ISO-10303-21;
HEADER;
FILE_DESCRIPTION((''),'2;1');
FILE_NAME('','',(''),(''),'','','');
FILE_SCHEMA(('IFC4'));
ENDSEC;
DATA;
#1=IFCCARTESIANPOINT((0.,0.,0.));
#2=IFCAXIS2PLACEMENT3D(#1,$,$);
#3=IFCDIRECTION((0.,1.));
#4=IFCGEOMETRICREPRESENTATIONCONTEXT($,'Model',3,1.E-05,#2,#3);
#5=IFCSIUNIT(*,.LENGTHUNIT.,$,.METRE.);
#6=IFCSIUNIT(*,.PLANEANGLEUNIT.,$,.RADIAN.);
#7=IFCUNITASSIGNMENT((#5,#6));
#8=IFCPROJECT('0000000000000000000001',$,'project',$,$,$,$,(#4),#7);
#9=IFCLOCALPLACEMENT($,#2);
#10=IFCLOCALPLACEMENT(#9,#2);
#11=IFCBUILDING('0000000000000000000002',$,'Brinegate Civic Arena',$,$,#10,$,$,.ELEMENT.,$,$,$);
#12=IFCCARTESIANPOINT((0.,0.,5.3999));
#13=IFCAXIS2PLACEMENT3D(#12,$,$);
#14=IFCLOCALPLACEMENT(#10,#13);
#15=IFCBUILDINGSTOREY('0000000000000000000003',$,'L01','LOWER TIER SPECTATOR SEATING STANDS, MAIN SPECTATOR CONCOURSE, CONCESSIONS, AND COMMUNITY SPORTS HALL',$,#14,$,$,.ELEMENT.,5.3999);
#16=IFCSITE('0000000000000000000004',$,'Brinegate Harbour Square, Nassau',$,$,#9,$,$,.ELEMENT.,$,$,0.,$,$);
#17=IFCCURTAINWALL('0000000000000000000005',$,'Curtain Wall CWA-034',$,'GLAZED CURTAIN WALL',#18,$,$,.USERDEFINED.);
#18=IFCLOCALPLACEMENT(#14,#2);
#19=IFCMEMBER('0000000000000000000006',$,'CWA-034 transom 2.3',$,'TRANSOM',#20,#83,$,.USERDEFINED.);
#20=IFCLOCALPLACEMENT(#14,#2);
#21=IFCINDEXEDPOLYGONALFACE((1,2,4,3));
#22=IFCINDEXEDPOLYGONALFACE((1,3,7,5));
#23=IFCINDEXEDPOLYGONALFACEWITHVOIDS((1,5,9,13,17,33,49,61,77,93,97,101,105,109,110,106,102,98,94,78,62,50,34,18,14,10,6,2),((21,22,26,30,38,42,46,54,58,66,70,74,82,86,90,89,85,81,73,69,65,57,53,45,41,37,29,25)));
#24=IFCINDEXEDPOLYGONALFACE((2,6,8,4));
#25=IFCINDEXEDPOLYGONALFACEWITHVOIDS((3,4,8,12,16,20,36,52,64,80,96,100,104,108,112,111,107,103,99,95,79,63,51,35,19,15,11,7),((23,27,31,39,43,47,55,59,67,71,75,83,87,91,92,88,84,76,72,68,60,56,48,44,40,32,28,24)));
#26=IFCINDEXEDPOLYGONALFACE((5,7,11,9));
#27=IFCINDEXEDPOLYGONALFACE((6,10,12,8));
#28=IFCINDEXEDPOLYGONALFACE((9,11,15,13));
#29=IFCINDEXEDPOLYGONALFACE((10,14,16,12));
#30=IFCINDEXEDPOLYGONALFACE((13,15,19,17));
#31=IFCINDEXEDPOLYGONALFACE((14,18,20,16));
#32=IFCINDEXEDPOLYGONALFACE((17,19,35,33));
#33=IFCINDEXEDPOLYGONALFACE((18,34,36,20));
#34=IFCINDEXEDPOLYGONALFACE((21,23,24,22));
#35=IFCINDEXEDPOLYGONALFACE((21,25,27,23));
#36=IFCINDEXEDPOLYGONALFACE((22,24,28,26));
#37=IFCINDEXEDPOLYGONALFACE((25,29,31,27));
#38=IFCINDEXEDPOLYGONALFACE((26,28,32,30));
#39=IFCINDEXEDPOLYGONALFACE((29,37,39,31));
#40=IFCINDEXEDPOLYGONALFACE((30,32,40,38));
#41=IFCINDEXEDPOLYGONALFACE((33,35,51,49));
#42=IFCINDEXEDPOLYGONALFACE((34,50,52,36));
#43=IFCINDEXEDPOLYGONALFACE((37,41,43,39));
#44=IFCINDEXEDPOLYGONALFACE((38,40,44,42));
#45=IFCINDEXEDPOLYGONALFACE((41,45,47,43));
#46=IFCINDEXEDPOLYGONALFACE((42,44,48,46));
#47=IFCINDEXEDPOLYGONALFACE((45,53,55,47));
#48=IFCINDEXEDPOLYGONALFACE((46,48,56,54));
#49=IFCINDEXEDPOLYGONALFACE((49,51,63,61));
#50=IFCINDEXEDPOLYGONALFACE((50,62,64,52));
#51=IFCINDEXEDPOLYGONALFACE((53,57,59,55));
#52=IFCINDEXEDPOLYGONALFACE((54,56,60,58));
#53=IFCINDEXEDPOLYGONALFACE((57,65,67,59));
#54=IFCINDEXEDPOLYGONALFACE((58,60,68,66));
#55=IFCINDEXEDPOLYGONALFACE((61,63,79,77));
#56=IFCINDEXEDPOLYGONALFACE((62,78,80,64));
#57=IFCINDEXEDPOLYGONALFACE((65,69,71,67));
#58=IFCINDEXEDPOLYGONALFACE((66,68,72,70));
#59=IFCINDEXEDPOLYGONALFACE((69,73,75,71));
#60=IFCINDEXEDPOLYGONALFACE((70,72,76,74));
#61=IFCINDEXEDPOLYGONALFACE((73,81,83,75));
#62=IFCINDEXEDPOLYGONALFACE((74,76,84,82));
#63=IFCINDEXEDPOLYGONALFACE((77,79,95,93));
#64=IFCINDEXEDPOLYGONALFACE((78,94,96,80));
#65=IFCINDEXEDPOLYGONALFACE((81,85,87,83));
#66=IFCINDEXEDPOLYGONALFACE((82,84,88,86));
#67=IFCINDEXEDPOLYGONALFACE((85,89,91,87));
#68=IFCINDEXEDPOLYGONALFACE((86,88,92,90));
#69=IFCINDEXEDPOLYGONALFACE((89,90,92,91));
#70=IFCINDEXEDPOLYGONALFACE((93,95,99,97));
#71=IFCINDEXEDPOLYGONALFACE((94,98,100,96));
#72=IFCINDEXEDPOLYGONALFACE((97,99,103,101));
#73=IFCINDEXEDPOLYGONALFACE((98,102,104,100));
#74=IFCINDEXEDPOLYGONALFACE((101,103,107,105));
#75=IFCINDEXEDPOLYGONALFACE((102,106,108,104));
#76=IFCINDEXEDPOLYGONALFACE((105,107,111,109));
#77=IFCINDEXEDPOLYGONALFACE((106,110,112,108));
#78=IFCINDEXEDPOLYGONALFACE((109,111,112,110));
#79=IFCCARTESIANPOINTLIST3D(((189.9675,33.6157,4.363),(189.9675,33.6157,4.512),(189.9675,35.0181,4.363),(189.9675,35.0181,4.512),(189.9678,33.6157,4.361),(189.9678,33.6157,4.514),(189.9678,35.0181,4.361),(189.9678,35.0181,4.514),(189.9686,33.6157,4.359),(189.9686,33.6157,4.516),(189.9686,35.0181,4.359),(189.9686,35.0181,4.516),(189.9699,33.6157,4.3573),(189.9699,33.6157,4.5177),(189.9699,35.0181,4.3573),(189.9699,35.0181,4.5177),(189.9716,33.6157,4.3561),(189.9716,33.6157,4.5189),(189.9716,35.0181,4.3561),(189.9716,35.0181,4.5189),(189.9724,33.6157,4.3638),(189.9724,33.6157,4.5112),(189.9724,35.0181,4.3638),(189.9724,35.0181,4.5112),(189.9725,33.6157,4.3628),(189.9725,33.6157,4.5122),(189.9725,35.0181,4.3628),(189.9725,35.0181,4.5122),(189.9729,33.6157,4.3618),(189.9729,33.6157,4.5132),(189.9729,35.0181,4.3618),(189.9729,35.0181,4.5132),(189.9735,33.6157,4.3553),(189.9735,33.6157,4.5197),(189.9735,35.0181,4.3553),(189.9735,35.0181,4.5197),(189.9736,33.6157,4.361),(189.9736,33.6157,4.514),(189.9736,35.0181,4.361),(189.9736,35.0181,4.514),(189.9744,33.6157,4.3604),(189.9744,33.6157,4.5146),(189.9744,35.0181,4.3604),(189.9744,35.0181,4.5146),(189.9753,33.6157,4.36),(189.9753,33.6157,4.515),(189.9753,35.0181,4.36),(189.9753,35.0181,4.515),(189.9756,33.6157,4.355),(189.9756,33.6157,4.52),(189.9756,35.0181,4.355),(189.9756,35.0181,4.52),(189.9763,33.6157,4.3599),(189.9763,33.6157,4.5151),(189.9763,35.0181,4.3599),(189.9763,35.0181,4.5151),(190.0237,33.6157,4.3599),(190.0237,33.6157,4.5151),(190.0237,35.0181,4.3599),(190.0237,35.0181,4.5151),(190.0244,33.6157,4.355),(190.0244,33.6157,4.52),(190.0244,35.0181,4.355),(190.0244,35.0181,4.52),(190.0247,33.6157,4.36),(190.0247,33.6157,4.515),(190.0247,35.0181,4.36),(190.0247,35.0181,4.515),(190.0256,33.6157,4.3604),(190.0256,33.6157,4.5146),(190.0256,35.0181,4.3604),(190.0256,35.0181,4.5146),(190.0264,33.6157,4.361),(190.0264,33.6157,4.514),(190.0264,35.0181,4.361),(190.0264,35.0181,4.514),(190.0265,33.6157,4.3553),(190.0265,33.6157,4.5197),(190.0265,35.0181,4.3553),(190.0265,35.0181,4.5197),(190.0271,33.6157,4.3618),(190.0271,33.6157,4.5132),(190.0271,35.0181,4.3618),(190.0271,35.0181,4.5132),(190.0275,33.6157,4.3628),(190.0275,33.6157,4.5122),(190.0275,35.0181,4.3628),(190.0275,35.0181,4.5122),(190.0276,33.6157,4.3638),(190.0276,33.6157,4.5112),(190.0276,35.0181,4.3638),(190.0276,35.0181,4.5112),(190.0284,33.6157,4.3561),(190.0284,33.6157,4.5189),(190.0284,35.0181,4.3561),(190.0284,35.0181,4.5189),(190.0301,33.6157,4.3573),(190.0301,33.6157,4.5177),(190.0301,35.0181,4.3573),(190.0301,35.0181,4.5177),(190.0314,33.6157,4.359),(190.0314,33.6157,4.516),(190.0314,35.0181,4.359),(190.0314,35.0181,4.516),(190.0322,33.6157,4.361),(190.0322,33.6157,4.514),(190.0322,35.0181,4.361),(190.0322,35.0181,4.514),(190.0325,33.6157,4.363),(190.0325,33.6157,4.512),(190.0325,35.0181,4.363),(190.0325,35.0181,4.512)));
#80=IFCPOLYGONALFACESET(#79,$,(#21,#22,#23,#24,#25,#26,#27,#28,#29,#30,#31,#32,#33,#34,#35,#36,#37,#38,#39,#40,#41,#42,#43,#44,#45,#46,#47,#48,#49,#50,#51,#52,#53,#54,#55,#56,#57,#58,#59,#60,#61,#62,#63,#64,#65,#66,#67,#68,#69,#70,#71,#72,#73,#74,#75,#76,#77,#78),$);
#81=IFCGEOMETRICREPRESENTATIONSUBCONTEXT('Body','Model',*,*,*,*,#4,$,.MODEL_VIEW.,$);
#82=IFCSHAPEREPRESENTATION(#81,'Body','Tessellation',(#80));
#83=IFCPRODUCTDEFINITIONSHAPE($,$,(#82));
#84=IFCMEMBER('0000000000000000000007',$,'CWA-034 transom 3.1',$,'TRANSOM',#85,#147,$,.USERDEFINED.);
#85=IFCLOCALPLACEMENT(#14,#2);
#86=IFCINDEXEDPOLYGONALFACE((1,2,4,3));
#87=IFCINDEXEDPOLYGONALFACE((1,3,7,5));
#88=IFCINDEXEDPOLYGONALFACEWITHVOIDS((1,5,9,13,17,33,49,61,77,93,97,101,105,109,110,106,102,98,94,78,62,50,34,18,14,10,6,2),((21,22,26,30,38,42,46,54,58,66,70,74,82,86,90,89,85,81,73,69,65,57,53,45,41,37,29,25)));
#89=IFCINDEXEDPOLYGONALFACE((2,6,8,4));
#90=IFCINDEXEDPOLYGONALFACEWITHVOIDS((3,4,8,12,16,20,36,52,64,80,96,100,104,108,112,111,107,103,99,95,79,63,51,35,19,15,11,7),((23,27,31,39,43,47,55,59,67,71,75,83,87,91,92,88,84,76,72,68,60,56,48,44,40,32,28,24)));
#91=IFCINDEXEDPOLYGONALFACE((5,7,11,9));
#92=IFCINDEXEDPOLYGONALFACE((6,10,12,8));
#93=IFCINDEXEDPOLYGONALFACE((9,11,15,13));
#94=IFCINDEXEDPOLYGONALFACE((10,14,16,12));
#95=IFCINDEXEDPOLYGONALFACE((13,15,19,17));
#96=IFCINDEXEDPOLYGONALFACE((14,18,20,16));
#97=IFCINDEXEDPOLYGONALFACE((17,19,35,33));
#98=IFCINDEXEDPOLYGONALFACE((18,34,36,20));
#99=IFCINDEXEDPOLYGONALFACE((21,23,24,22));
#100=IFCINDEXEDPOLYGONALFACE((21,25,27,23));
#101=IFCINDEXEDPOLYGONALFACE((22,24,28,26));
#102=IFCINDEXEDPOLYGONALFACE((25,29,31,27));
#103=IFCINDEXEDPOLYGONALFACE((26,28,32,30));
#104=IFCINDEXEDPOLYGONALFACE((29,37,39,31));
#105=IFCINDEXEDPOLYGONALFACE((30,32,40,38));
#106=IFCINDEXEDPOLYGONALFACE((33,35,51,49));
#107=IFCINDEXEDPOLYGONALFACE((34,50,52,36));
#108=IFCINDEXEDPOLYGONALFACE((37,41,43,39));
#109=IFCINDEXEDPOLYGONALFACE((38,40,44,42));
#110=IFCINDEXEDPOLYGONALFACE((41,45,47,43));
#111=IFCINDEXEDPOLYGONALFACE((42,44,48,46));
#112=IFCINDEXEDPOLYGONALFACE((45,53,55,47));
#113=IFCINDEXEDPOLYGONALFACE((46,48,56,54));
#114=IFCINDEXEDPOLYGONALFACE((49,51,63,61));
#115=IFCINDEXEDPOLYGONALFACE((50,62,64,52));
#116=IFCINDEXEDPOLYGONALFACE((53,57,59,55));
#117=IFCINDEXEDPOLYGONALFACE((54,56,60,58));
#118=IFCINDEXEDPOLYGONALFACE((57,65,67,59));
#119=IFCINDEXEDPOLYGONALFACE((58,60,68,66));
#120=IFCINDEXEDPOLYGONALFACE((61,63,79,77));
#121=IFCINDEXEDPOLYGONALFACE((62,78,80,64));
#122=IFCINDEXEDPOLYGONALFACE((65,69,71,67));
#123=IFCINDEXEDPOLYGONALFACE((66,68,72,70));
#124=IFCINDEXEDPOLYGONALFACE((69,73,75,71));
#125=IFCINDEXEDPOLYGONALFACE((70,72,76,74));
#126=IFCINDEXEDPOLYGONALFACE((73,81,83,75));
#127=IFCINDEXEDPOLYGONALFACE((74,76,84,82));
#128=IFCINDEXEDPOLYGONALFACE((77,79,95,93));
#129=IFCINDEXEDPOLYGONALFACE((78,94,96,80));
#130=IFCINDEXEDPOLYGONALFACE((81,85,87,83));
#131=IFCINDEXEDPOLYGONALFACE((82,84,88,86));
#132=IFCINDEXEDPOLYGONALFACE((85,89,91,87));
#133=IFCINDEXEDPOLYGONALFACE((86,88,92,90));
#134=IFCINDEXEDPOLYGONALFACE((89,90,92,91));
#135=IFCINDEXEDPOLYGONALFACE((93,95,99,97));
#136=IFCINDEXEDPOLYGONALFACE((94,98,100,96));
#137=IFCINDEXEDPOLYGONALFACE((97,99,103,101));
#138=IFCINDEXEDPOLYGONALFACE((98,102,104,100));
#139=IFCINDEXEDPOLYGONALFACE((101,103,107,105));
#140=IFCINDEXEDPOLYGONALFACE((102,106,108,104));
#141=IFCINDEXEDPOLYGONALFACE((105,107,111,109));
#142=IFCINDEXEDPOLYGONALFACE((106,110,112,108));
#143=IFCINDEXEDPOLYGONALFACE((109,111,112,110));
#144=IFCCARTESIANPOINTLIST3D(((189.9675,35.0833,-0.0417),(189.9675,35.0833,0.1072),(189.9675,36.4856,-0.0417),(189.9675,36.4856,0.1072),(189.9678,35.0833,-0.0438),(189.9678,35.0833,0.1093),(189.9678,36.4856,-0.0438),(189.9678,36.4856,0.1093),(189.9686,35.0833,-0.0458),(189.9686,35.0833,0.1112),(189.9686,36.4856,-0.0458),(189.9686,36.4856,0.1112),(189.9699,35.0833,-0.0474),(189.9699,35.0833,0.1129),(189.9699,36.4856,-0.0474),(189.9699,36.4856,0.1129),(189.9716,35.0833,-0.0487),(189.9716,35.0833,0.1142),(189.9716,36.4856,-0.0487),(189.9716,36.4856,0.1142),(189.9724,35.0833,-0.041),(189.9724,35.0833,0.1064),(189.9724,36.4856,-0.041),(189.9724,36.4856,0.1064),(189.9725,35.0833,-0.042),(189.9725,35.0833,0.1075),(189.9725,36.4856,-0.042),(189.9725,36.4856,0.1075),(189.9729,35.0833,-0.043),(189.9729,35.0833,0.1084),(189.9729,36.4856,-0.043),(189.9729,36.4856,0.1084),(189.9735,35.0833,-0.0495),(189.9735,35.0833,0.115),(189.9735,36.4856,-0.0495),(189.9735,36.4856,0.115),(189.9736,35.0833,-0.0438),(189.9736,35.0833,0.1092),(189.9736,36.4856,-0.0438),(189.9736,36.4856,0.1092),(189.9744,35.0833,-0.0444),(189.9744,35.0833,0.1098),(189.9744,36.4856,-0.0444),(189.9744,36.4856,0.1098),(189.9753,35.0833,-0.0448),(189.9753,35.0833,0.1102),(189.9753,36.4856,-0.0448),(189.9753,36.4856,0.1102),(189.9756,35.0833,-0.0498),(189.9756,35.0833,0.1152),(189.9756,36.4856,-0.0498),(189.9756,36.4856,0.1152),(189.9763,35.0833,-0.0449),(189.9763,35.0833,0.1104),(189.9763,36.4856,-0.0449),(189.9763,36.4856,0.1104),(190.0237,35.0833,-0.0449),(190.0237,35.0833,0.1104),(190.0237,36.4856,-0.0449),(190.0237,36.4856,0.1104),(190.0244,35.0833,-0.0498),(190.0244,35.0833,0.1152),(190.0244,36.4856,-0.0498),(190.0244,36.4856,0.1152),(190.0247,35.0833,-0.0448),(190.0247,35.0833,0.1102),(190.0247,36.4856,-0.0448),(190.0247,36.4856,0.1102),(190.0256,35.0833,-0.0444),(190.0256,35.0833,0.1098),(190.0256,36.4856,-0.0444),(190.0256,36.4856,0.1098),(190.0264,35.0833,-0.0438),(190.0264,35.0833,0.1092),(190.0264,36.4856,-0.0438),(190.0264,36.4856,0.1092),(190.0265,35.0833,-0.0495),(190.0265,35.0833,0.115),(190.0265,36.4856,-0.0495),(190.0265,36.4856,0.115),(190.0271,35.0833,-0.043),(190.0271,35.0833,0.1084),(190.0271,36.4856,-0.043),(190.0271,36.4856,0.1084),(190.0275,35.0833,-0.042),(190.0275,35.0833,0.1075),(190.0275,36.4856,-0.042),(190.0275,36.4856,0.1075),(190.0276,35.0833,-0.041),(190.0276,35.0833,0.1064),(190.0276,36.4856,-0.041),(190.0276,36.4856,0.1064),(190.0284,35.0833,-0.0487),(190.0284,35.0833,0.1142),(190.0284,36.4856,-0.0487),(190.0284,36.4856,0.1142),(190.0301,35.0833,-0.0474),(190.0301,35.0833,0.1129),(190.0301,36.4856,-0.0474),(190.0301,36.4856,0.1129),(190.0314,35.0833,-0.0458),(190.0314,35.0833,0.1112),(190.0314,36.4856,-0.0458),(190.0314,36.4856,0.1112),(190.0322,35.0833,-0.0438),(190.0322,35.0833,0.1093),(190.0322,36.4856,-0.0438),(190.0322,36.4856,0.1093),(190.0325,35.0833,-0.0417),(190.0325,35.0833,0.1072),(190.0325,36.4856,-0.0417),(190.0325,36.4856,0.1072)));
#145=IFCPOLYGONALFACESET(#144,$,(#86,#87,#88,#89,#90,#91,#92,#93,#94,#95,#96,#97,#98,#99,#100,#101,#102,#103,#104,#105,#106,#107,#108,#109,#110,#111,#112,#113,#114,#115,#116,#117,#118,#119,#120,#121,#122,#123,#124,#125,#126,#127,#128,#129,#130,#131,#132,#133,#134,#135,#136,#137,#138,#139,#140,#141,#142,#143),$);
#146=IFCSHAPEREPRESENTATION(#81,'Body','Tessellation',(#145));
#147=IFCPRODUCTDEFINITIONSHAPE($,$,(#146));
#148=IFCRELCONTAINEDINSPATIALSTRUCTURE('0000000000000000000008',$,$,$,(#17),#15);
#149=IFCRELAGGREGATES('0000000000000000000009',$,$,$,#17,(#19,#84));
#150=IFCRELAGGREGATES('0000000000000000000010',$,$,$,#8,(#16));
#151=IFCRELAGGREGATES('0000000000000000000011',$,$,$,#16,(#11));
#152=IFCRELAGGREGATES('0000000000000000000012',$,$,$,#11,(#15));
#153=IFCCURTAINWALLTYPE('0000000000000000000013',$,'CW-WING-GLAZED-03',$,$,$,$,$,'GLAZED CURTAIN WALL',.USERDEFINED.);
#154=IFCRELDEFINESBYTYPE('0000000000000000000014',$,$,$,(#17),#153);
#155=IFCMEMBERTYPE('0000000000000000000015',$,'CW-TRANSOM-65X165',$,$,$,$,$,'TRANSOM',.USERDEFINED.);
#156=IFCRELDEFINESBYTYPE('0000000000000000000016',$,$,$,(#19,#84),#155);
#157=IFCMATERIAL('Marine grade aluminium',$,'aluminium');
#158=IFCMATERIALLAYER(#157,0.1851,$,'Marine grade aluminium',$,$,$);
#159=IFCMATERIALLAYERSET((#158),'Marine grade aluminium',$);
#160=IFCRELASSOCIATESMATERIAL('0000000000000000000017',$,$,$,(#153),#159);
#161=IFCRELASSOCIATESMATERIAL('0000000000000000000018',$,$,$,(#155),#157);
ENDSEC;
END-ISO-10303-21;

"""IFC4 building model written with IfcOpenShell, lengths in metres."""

from ifc_helpers import new_model, si_unit, direction, frame, origin, origin_2d, place, context, subcontext, project, spatial, hollow_rectangle, extrude, material, layer, layer_set, material_profile, profile_set, type_object, element, aggregate, save


model = new_model("IFC4")

# Units and contexts
model_context = context("Model", 3, precision=1e-05, world=origin(), true_north=direction((0.0, 1.0)))
body_context = subcontext(model_context, "Body", "Model", "MODEL_VIEW")
ifc_project = project(units=[si_unit("LENGTHUNIT", "METRE"), si_unit("PLANEANGLEUNIT", "RADIAN")], contexts=[model_context])

# Site, building, storey
site_placement = place(None, origin())
site = spatial("IfcSite", under=ifc_project, at=site_placement, Name="Brinegate Harbour Square, Nassau", CompositionType="ELEMENT", RefElevation=0.0)
building_placement = place(site_placement, origin())
building = spatial("IfcBuilding", under=site, at=building_placement, Name="Brinegate Civic Arena", CompositionType="ELEMENT")
storey_placement = place(building_placement, frame((0.0, 0.0, 5.3999)))
storey = spatial("IfcBuildingStorey", under=building, at=storey_placement, Name="L01", Description="LOWER TIER SPECTATOR SEATING STANDS, MAIN SPECTATOR CONCOURSE, CONCESSIONS, AND COMMUNITY SPORTS HALL", CompositionType="ELEMENT", Elevation=5.3999)

# Curtain wall, members
ifc_material_1 = material(Name="Marine grade aluminium", Category="aluminium")
ifc_layer_1 = layer(ifc_material_1, 0.1851, Name="Marine grade aluminium")
ifc_layer_set_1 = layer_set([ifc_layer_1], Name="Marine grade aluminium")
curtain_wall_type = type_object("IfcCurtainWallType", Name="CW-WING-GLAZED-03", ElementType="GLAZED CURTAIN WALL", PredefinedType="USERDEFINED", material=ifc_layer_set_1)
curtain_wall_placement = place(storey_placement, origin())
curtain_wall = element("IfcCurtainWall", 1, at=curtain_wall_placement, inside=storey, type_object=curtain_wall_type, Name="Curtain Wall CWA-034", ObjectType="GLAZED CURTAIN WALL", PredefinedType="USERDEFINED")
ifc_material_profile_1 = material_profile(ifc_material_1, hollow_rectangle(XDim=0.0649, YDim=0.165, WallThickness=0.0049, InnerFilletRadius=0.0039, OuterFilletRadius=0.0081, at=origin_2d()), Name="TRN65X165")
ifc_profile_set_1 = profile_set([ifc_material_profile_1], Name="Marine grade aluminium")
member_type_1 = type_object("IfcMemberType", Name="CW-TRANSOM-65X165", ElementType="TRANSOM", PredefinedType="USERDEFINED", material=ifc_profile_set_1)
member_1_placement = place(storey_placement, frame((190.0, 33.6157, 4.4375), z_axis=(0.0, 1.0, 0.0), x_axis=(-1.0, 0.0, 0.0)))
member_1 = element("IfcMember", 2, at=member_1_placement, type_object=member_type_1, Name="CWA-034 transom 2.3", ObjectType="TRANSOM", PredefinedType="USERDEFINED", context=body_context, shape_type="SweptSolid", body=[
    extrude(hollow_rectangle(XDim=0.0649, YDim=0.165, WallThickness=0.0049, InnerFilletRadius=0.0039, OuterFilletRadius=0.0081, at=origin_2d()), origin(), (0.0, 0.0, 1.0), 1.4023),
])
member_2_placement = place(storey_placement, frame((190.0, 35.0833, 0.0327), z_axis=(0.0, 1.0, 0.0), x_axis=(-1.0, 0.0, 0.0)))
member_2 = element("IfcMember", 3, at=member_2_placement, type_object=member_type_1, Name="CWA-034 transom 3.1", ObjectType="TRANSOM", PredefinedType="USERDEFINED", context=body_context, shape_type="SweptSolid", body=[
    extrude(hollow_rectangle(XDim=0.0649, YDim=0.165, WallThickness=0.0049, InnerFilletRadius=0.0039, OuterFilletRadius=0.0081, at=origin_2d()), origin(), (0.0, 0.0, 1.0), 1.4023),
])
aggregate(curtain_wall, [member_1, member_2])

save(model, "model.ifc")
